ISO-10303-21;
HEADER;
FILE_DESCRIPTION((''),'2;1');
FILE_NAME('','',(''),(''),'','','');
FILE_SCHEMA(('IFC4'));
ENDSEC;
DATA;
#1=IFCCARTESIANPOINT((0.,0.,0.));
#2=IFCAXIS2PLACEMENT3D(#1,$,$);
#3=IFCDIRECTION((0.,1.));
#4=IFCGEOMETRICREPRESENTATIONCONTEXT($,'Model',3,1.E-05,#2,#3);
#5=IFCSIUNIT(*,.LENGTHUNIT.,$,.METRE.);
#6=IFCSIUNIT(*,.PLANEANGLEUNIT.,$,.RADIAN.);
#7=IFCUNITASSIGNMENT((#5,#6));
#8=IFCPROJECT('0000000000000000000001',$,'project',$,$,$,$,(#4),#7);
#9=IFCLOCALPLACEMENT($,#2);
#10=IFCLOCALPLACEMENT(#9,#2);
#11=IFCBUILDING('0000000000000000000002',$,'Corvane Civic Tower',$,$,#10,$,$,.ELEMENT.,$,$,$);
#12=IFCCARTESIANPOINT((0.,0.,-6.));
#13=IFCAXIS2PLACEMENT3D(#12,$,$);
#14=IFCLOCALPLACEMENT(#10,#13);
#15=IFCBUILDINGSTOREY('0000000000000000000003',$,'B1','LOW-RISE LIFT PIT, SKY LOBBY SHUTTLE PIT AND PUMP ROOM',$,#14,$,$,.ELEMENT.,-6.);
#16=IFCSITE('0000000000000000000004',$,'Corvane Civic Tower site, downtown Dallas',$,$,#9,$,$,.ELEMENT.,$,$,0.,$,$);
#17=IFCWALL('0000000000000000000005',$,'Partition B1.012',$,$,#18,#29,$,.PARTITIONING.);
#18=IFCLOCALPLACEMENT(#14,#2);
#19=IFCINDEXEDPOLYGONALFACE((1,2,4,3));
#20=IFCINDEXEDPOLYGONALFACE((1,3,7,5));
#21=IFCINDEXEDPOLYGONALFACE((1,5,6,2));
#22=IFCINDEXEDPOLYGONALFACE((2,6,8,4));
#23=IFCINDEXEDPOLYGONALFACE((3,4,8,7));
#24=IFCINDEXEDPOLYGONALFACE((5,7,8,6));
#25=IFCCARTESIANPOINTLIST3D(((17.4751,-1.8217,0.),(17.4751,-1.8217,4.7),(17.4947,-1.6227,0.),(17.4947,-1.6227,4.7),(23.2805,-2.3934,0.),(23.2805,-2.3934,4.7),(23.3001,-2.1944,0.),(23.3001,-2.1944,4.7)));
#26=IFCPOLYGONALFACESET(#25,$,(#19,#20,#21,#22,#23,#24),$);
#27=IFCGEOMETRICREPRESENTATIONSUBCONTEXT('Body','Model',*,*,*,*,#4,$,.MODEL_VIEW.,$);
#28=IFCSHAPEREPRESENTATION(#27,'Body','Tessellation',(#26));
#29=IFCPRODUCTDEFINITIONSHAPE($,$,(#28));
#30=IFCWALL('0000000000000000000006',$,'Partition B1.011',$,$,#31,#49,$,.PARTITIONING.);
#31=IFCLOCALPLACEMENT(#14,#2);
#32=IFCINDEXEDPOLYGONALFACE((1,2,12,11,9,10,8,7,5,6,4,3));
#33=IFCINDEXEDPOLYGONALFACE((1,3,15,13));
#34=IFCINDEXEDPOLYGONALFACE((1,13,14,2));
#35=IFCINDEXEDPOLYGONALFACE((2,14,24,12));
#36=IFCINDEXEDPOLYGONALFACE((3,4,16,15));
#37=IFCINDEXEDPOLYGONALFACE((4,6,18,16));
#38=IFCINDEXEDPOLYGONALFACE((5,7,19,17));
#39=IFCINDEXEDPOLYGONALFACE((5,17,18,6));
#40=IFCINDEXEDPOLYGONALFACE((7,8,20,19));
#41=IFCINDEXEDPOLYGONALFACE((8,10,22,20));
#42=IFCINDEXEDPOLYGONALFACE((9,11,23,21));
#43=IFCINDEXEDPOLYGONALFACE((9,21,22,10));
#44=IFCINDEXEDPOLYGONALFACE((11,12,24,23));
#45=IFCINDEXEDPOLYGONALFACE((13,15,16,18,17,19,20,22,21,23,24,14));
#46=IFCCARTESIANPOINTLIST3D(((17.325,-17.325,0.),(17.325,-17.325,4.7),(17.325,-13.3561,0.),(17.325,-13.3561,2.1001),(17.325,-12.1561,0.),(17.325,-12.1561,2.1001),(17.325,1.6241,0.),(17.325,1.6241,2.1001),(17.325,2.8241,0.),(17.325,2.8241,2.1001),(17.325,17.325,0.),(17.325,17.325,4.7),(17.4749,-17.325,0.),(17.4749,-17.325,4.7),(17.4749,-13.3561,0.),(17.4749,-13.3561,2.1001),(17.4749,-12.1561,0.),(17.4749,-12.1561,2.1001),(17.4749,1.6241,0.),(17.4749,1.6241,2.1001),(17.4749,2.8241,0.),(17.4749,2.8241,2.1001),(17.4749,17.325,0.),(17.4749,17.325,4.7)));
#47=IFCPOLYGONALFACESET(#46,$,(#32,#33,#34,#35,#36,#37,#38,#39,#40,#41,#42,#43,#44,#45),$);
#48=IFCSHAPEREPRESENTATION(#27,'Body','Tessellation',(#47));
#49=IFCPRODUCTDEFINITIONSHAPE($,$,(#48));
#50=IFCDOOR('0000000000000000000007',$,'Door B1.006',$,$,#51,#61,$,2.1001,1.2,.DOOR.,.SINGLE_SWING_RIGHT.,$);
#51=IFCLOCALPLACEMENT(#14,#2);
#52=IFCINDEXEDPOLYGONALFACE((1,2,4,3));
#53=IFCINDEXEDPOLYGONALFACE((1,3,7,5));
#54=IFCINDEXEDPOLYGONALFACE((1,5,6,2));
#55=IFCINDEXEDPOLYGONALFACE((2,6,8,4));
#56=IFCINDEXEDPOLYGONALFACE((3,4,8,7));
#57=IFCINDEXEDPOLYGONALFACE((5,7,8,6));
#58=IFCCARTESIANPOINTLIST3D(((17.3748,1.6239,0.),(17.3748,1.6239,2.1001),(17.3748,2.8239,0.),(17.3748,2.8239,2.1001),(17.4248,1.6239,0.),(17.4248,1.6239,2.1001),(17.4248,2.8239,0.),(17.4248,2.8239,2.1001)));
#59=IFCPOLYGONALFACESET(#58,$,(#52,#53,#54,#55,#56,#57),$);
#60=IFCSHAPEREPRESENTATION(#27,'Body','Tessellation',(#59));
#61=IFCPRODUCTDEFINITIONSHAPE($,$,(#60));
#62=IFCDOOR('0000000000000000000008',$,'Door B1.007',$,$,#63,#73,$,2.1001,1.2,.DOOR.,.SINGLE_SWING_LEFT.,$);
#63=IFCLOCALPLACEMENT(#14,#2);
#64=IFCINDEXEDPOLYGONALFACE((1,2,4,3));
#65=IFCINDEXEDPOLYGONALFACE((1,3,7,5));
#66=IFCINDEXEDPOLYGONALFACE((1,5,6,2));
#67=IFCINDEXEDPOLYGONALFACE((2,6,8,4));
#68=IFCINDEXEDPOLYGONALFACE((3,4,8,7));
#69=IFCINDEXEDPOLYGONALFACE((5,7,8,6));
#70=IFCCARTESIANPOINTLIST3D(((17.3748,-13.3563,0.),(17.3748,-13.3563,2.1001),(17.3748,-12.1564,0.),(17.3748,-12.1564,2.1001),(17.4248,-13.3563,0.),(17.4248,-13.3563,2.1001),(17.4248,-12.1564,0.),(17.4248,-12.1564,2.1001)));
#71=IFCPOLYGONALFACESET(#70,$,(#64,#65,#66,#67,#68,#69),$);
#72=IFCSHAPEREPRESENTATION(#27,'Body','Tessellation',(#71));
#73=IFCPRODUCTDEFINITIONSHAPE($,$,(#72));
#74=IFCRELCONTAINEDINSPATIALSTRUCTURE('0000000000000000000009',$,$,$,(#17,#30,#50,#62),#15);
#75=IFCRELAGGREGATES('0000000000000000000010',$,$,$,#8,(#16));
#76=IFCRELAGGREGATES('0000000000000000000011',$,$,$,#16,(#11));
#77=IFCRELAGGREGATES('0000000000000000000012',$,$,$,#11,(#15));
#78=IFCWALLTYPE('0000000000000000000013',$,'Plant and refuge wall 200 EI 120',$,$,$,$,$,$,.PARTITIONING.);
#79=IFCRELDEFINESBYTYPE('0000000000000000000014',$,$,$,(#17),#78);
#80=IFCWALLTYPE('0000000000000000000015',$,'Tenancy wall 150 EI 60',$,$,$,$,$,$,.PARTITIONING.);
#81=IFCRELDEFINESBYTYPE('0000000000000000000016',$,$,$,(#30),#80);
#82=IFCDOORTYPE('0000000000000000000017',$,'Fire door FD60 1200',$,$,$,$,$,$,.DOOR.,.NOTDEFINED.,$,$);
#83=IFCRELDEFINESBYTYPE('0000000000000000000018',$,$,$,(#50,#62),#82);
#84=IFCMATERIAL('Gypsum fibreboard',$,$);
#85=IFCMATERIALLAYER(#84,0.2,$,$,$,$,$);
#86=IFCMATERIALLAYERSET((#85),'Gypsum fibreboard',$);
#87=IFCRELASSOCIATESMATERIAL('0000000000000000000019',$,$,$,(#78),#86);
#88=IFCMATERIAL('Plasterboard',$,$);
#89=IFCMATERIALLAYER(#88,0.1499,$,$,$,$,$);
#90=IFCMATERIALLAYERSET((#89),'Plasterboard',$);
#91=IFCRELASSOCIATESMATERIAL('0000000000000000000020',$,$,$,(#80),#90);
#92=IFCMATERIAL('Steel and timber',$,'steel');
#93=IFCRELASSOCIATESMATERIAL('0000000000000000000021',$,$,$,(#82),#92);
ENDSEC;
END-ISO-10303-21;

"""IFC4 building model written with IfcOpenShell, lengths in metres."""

from ifc_helpers import new_model, si_unit, direction, frame, frame_2d, origin, place, context, subcontext, project, spatial, rectangle, extrude, material, layer, layer_set, type_object, element, fill, save


model = new_model("IFC4")

# Units and contexts
model_context = context("Model", 3, precision=1e-05, world=origin(), true_north=direction((0.0, 1.0)))
body_context = subcontext(model_context, "Body", "Model", "MODEL_VIEW")
ifc_project = project(units=[si_unit("LENGTHUNIT", "METRE"), si_unit("PLANEANGLEUNIT", "RADIAN")], contexts=[model_context])

# Site, building, storey
site_placement = place(None, origin())
site = spatial("IfcSite", under=ifc_project, at=site_placement, Name="Corvane Civic Tower site, downtown Dallas", CompositionType="ELEMENT", RefElevation=0.0)
building_placement = place(site_placement, origin())
building = spatial("IfcBuilding", under=site, at=building_placement, Name="Corvane Civic Tower", CompositionType="ELEMENT")
storey_placement = place(building_placement, frame((0.0, 0.0, -6.0)))
storey = spatial("IfcBuildingStorey", under=building, at=storey_placement, Name="B1", Description="LOW-RISE LIFT PIT, SKY LOBBY SHUTTLE PIT AND PUMP ROOM", CompositionType="ELEMENT", Elevation=-6.0)

# Wall
ifc_material_1 = material(Name="Gypsum fibreboard")
ifc_layer_1 = layer(ifc_material_1, 0.2)
ifc_layer_set_1 = layer_set([ifc_layer_1], Name="Gypsum fibreboard")
wall_type_1 = type_object("IfcWallType", Name="Plant and refuge wall 200 EI 120", PredefinedType="PARTITIONING", material=ifc_layer_set_1)
wall_1_placement = place(storey_placement, frame((17.4849, -1.7222, 0.0), z_axis=(0.0, 0.0, 1.0), x_axis=(0.995185, -0.098016, 0.0)))
element("IfcWall", 1, at=wall_1_placement, inside=storey, type_object=wall_type_1, Name="Partition B1.012", PredefinedType="PARTITIONING", context=body_context, shape_type="SweptSolid", body=[
    extrude(rectangle(XDim=5.8335, YDim=0.2, at=frame_2d((2.9167, 0.0))), origin(), (0.0, 0.0, 1.0), 4.7),
])

# Wall, openings, doors
ifc_material_2 = material(Name="Plasterboard")
ifc_layer_2 = layer(ifc_material_2, 0.1499)
ifc_layer_set_2 = layer_set([ifc_layer_2], Name="Plasterboard")
wall_type_2 = type_object("IfcWallType", Name="Tenancy wall 150 EI 60", PredefinedType="PARTITIONING", material=ifc_layer_set_2)
wall_2_placement = place(storey_placement, frame((17.3999, -17.325, 0.0), z_axis=(0.0, 0.0, 1.0), x_axis=(0.0, 1.0, 0.0)))
wall_2 = element("IfcWall", 2, at=wall_2_placement, inside=storey, type_object=wall_type_2, Name="Partition B1.011", PredefinedType="PARTITIONING", context=body_context, shape_type="SweptSolid", body=[
    extrude(rectangle(XDim=34.6499, YDim=0.1499, at=frame_2d((17.325, 0.0))), origin(), (0.0, 0.0, 1.0), 4.7),
])
opening_1_placement = place(wall_2_placement, frame((18.949, 0.0, 0.0)))
opening_1 = element("IfcOpeningElement", 3, at=opening_1_placement, cuts=wall_2, PredefinedType="OPENING", context=body_context, shape_type="SweptSolid", body=[
    extrude(rectangle(XDim=1.2, YDim=2.1001, at=frame_2d((0.6001, 1.05))), frame((0.0, 0.085, 0.0), z_axis=(0.0, -1.0, 0.0), x_axis=(1.0, 0.0, 0.0)), (0.0, 0.0, 1.0), 0.1699),
])
opening_2_placement = place(wall_2_placement, frame((3.9688, 0.0, 0.0)))
opening_2 = element("IfcOpeningElement", 4, at=opening_2_placement, cuts=wall_2, PredefinedType="OPENING", context=body_context, shape_type="SweptSolid", body=[
    extrude(rectangle(XDim=1.2, YDim=2.1001, at=frame_2d((0.6001, 1.05))), frame((0.0, 0.085, 0.0), z_axis=(0.0, -1.0, 0.0), x_axis=(1.0, 0.0, 0.0)), (0.0, 0.0, 1.0), 0.1699),
])
ifc_material_3 = material(Name="Steel and timber", Category="steel")
door_type = type_object("IfcDoorType", Name="Fire door FD60 1200", OperationType="NOTDEFINED", PredefinedType="DOOR", material=ifc_material_3)
door_1_placement = place(opening_1_placement, frame((1.2, 0.0, 0.0), z_axis=(0.0, 0.0, 1.0), x_axis=(-1.0, 0.0, 0.0)))
door_1 = element("IfcDoor", 5, at=door_1_placement, inside=storey, type_object=door_type, Name="Door B1.006", OperationType="SINGLE_SWING_RIGHT", OverallHeight=2.1001, OverallWidth=1.2, PredefinedType="DOOR", context=body_context, shape_type="SweptSolid", body=[
    extrude(rectangle(XDim=1.2, YDim=2.1001, at=frame_2d((0.6001, 1.05))), frame((0.0, 0.0249, 0.0), z_axis=(0.0, -1.0, 0.0), x_axis=(1.0, 0.0, 0.0)), (0.0, 0.0, 1.0), 0.05),
])
fill(opening_1, door_1)
door_2_placement = place(opening_2_placement, frame((1.2, 0.0, 0.0), z_axis=(0.0, 0.0, 1.0), x_axis=(-1.0, 0.0, 0.0)))
door_2 = element("IfcDoor", 6, at=door_2_placement, inside=storey, type_object=door_type, Name="Door B1.007", OperationType="SINGLE_SWING_LEFT", OverallHeight=2.1001, OverallWidth=1.2, PredefinedType="DOOR", context=body_context, shape_type="SweptSolid", body=[
    extrude(rectangle(XDim=1.2, YDim=2.1001, at=frame_2d((0.6001, 1.05))), frame((0.0, 0.0249, 0.0), z_axis=(0.0, -1.0, 0.0), x_axis=(1.0, 0.0, 0.0)), (0.0, 0.0, 1.0), 0.05),
])
fill(opening_2, door_2)

save(model, "model.ifc")
